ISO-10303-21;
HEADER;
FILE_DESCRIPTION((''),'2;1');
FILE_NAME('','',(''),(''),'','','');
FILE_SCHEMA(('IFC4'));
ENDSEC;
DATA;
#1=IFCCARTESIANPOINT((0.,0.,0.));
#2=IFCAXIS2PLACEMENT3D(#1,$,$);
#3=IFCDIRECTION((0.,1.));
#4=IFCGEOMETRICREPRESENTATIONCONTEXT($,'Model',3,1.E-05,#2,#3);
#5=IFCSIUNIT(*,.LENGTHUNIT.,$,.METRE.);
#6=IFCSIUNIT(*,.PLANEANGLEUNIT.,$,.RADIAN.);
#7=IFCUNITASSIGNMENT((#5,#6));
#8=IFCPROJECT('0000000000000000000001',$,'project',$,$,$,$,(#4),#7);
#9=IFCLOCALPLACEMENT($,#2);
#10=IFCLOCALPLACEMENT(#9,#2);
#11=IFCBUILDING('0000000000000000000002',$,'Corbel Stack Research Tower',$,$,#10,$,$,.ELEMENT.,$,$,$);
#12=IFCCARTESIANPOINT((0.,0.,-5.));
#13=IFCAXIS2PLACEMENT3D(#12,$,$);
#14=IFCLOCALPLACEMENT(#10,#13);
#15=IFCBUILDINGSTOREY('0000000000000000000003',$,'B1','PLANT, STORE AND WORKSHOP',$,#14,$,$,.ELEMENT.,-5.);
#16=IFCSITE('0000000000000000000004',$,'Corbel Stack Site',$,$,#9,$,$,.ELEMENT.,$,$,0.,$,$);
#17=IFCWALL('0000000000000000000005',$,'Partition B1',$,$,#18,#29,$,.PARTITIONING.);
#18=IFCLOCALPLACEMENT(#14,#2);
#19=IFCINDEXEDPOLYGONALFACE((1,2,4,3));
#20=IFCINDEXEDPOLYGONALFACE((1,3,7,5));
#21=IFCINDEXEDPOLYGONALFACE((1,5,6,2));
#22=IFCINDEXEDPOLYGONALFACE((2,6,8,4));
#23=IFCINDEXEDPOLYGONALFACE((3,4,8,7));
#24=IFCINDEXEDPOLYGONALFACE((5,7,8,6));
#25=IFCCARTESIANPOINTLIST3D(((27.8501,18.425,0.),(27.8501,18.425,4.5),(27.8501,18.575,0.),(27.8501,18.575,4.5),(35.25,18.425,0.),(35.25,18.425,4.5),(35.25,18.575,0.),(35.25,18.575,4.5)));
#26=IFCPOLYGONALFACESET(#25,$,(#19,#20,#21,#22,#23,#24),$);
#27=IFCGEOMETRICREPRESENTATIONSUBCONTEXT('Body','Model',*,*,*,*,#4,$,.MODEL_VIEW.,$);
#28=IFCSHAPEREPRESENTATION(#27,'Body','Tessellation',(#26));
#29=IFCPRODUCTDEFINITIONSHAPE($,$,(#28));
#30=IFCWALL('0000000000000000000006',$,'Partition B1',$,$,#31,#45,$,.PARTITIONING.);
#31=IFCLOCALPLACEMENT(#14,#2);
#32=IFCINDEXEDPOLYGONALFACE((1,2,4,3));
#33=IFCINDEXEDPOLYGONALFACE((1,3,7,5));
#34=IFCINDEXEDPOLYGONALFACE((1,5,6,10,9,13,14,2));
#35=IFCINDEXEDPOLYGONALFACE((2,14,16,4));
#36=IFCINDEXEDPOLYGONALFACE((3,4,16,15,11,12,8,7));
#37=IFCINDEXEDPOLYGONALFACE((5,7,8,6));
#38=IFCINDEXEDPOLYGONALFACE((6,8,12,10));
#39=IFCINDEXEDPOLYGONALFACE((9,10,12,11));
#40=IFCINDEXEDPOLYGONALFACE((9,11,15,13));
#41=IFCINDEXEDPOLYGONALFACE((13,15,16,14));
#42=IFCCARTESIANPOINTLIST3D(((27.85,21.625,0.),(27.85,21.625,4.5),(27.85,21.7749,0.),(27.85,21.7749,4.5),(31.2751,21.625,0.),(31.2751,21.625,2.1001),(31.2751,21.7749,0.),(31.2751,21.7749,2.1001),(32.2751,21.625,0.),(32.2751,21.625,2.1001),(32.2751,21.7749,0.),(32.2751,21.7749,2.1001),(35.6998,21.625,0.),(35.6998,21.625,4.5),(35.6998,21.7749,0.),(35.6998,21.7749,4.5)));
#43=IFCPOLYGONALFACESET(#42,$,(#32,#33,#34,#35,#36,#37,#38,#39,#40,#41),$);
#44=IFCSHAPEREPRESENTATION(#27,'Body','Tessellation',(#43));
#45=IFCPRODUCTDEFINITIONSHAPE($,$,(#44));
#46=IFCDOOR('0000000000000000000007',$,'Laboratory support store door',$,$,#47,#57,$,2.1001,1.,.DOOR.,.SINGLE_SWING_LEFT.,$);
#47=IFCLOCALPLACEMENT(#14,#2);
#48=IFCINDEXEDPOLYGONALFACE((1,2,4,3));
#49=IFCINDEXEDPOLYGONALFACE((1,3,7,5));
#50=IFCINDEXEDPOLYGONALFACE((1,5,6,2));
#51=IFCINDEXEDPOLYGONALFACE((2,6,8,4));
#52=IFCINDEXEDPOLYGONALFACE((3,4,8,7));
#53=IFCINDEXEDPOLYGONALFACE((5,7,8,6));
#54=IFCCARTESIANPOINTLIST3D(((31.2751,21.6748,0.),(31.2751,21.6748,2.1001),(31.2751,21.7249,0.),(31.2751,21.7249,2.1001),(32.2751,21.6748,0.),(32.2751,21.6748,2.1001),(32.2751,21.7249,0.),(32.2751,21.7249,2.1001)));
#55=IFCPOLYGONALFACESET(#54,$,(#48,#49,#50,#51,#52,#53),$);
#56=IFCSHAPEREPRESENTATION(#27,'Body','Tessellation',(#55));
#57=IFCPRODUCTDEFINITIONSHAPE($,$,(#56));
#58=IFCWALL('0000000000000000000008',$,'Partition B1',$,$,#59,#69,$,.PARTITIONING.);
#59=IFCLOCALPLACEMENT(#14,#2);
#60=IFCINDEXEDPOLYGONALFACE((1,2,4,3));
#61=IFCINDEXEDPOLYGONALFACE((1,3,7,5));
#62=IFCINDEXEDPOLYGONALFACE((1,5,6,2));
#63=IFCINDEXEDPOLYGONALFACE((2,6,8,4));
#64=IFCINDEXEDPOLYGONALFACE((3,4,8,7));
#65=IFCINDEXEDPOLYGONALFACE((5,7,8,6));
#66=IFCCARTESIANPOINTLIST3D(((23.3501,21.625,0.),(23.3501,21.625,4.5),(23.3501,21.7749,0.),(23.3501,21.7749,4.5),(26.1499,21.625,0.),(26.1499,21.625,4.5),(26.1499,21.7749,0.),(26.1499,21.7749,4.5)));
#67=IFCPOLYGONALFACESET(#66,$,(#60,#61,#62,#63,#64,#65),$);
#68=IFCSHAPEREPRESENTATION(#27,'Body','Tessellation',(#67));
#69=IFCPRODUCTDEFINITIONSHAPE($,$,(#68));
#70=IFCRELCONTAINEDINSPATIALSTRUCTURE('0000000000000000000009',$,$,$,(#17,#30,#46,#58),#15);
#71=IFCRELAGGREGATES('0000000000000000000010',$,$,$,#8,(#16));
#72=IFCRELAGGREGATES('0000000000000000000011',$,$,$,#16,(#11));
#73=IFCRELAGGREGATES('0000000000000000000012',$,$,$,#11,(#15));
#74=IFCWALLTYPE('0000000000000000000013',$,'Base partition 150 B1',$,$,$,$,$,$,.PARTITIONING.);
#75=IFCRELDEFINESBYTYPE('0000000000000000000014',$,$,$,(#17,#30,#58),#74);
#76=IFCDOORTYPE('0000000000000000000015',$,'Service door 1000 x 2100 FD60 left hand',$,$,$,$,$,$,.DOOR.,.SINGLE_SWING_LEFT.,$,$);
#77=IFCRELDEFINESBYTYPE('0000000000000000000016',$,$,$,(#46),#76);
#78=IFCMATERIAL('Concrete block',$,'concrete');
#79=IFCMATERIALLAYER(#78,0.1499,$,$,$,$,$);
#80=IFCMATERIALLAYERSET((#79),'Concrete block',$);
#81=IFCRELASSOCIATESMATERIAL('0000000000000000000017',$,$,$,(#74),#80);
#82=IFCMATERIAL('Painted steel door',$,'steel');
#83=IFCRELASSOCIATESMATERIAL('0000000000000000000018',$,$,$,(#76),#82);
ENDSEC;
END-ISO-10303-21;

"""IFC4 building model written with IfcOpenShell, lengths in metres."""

from ifc_helpers import new_model, si_unit, direction, frame, frame_2d, origin, place, context, subcontext, project, spatial, rectangle, extrude, material, layer, layer_set, type_object, element, fill, save


model = new_model("IFC4")

# Units and contexts
model_context = context("Model", 3, precision=1e-05, world=origin(), true_north=direction((0.0, 1.0)))
body_context = subcontext(model_context, "Body", "Model", "MODEL_VIEW")
ifc_project = project(units=[si_unit("LENGTHUNIT", "METRE"), si_unit("PLANEANGLEUNIT", "RADIAN")], contexts=[model_context])

# Site, building, storey
site_placement = place(None, origin())
site = spatial("IfcSite", under=ifc_project, at=site_placement, Name="Corbel Stack Site", CompositionType="ELEMENT", RefElevation=0.0)
building_placement = place(site_placement, origin())
building = spatial("IfcBuilding", under=site, at=building_placement, Name="Corbel Stack Research Tower", CompositionType="ELEMENT")
storey_placement = place(building_placement, frame((0.0, 0.0, -5.0)))
storey = spatial("IfcBuildingStorey", under=building, at=storey_placement, Name="B1", Description="PLANT, STORE AND WORKSHOP", CompositionType="ELEMENT", Elevation=-5.0)

# Wall
ifc_material_1 = material(Name="Concrete block", Category="concrete")
ifc_layer_1 = layer(ifc_material_1, 0.1499)
ifc_layer_set_1 = layer_set([ifc_layer_1], Name="Concrete block")
wall_type_1 = type_object("IfcWallType", Name="Base partition 150 B1", PredefinedType="PARTITIONING", material=ifc_layer_set_1)
wall_1_placement = place(storey_placement, frame((27.8501, 18.5, 0.0), z_axis=(0.0, 0.0, 1.0), x_axis=(1.0, 0.0, 0.0)))
element("IfcWall", 1, at=wall_1_placement, inside=storey, type_object=wall_type_1, Name="Partition B1", PredefinedType="PARTITIONING", context=body_context, shape_type="SweptSolid", body=[
    extrude(rectangle(XDim=7.3999, YDim=0.1499, at=frame_2d((3.7, 0.0))), origin(), (0.0, 0.0, 1.0), 4.5),
])

# Wall, opening, door
wall_2_placement = place(storey_placement, frame((27.8501, 21.7, 0.0), z_axis=(0.0, 0.0, 1.0), x_axis=(1.0, 0.0, 0.0)))
wall_2 = element("IfcWall", 2, at=wall_2_placement, inside=storey, type_object=wall_type_1, Name="Partition B1", PredefinedType="PARTITIONING", context=body_context, shape_type="SweptSolid", body=[
    extrude(rectangle(XDim=7.8499, YDim=0.1499, at=frame_2d((3.9248, 0.0))), origin(), (0.0, 0.0, 1.0), 4.5),
])
opening_placement = place(wall_2_placement, frame((3.425, 0.0, 0.0)))
opening = element("IfcOpeningElement", 3, at=opening_placement, cuts=wall_2, PredefinedType="OPENING", context=body_context, shape_type="SweptSolid", body=[
    extrude(rectangle(XDim=1.0, YDim=2.1001, at=frame_2d((0.5, 1.05))), frame((0.0, 0.085, 0.0), z_axis=(0.0, -1.0, 0.0), x_axis=(1.0, 0.0, 0.0)), (0.0, 0.0, 1.0), 0.1699),
])
ifc_material_2 = material(Name="Painted steel door", Category="steel")
door_type = type_object("IfcDoorType", Name="Service door 1000 x 2100 FD60 left hand", OperationType="SINGLE_SWING_LEFT", PredefinedType="DOOR", material=ifc_material_2)
door_placement = place(opening_placement, origin())
door = element("IfcDoor", 4, at=door_placement, inside=storey, type_object=door_type, Name="Laboratory support store door", OperationType="SINGLE_SWING_LEFT", OverallHeight=2.1001, OverallWidth=1.0, PredefinedType="DOOR", context=body_context, shape_type="SweptSolid", body=[
    extrude(rectangle(XDim=1.0, YDim=2.1001, at=frame_2d((0.5, 1.05))), frame((0.0, 0.0249, 0.0), z_axis=(0.0, -1.0, 0.0), x_axis=(1.0, 0.0, 0.0)), (0.0, 0.0, 1.0), 0.05),
])
fill(opening, door)

# Wall
wall_3_placement = place(storey_placement, frame((23.3501, 21.7, 0.0), z_axis=(0.0, 0.0, 1.0), x_axis=(1.0, 0.0, 0.0)))
element("IfcWall", 5, at=wall_3_placement, inside=storey, type_object=wall_type_1, Name="Partition B1", PredefinedType="PARTITIONING", context=body_context, shape_type="SweptSolid", body=[
    extrude(rectangle(XDim=2.7998, YDim=0.1499, at=frame_2d((1.3999, 0.0))), origin(), (0.0, 0.0, 1.0), 4.5),
])

save(model, "model.ifc")
